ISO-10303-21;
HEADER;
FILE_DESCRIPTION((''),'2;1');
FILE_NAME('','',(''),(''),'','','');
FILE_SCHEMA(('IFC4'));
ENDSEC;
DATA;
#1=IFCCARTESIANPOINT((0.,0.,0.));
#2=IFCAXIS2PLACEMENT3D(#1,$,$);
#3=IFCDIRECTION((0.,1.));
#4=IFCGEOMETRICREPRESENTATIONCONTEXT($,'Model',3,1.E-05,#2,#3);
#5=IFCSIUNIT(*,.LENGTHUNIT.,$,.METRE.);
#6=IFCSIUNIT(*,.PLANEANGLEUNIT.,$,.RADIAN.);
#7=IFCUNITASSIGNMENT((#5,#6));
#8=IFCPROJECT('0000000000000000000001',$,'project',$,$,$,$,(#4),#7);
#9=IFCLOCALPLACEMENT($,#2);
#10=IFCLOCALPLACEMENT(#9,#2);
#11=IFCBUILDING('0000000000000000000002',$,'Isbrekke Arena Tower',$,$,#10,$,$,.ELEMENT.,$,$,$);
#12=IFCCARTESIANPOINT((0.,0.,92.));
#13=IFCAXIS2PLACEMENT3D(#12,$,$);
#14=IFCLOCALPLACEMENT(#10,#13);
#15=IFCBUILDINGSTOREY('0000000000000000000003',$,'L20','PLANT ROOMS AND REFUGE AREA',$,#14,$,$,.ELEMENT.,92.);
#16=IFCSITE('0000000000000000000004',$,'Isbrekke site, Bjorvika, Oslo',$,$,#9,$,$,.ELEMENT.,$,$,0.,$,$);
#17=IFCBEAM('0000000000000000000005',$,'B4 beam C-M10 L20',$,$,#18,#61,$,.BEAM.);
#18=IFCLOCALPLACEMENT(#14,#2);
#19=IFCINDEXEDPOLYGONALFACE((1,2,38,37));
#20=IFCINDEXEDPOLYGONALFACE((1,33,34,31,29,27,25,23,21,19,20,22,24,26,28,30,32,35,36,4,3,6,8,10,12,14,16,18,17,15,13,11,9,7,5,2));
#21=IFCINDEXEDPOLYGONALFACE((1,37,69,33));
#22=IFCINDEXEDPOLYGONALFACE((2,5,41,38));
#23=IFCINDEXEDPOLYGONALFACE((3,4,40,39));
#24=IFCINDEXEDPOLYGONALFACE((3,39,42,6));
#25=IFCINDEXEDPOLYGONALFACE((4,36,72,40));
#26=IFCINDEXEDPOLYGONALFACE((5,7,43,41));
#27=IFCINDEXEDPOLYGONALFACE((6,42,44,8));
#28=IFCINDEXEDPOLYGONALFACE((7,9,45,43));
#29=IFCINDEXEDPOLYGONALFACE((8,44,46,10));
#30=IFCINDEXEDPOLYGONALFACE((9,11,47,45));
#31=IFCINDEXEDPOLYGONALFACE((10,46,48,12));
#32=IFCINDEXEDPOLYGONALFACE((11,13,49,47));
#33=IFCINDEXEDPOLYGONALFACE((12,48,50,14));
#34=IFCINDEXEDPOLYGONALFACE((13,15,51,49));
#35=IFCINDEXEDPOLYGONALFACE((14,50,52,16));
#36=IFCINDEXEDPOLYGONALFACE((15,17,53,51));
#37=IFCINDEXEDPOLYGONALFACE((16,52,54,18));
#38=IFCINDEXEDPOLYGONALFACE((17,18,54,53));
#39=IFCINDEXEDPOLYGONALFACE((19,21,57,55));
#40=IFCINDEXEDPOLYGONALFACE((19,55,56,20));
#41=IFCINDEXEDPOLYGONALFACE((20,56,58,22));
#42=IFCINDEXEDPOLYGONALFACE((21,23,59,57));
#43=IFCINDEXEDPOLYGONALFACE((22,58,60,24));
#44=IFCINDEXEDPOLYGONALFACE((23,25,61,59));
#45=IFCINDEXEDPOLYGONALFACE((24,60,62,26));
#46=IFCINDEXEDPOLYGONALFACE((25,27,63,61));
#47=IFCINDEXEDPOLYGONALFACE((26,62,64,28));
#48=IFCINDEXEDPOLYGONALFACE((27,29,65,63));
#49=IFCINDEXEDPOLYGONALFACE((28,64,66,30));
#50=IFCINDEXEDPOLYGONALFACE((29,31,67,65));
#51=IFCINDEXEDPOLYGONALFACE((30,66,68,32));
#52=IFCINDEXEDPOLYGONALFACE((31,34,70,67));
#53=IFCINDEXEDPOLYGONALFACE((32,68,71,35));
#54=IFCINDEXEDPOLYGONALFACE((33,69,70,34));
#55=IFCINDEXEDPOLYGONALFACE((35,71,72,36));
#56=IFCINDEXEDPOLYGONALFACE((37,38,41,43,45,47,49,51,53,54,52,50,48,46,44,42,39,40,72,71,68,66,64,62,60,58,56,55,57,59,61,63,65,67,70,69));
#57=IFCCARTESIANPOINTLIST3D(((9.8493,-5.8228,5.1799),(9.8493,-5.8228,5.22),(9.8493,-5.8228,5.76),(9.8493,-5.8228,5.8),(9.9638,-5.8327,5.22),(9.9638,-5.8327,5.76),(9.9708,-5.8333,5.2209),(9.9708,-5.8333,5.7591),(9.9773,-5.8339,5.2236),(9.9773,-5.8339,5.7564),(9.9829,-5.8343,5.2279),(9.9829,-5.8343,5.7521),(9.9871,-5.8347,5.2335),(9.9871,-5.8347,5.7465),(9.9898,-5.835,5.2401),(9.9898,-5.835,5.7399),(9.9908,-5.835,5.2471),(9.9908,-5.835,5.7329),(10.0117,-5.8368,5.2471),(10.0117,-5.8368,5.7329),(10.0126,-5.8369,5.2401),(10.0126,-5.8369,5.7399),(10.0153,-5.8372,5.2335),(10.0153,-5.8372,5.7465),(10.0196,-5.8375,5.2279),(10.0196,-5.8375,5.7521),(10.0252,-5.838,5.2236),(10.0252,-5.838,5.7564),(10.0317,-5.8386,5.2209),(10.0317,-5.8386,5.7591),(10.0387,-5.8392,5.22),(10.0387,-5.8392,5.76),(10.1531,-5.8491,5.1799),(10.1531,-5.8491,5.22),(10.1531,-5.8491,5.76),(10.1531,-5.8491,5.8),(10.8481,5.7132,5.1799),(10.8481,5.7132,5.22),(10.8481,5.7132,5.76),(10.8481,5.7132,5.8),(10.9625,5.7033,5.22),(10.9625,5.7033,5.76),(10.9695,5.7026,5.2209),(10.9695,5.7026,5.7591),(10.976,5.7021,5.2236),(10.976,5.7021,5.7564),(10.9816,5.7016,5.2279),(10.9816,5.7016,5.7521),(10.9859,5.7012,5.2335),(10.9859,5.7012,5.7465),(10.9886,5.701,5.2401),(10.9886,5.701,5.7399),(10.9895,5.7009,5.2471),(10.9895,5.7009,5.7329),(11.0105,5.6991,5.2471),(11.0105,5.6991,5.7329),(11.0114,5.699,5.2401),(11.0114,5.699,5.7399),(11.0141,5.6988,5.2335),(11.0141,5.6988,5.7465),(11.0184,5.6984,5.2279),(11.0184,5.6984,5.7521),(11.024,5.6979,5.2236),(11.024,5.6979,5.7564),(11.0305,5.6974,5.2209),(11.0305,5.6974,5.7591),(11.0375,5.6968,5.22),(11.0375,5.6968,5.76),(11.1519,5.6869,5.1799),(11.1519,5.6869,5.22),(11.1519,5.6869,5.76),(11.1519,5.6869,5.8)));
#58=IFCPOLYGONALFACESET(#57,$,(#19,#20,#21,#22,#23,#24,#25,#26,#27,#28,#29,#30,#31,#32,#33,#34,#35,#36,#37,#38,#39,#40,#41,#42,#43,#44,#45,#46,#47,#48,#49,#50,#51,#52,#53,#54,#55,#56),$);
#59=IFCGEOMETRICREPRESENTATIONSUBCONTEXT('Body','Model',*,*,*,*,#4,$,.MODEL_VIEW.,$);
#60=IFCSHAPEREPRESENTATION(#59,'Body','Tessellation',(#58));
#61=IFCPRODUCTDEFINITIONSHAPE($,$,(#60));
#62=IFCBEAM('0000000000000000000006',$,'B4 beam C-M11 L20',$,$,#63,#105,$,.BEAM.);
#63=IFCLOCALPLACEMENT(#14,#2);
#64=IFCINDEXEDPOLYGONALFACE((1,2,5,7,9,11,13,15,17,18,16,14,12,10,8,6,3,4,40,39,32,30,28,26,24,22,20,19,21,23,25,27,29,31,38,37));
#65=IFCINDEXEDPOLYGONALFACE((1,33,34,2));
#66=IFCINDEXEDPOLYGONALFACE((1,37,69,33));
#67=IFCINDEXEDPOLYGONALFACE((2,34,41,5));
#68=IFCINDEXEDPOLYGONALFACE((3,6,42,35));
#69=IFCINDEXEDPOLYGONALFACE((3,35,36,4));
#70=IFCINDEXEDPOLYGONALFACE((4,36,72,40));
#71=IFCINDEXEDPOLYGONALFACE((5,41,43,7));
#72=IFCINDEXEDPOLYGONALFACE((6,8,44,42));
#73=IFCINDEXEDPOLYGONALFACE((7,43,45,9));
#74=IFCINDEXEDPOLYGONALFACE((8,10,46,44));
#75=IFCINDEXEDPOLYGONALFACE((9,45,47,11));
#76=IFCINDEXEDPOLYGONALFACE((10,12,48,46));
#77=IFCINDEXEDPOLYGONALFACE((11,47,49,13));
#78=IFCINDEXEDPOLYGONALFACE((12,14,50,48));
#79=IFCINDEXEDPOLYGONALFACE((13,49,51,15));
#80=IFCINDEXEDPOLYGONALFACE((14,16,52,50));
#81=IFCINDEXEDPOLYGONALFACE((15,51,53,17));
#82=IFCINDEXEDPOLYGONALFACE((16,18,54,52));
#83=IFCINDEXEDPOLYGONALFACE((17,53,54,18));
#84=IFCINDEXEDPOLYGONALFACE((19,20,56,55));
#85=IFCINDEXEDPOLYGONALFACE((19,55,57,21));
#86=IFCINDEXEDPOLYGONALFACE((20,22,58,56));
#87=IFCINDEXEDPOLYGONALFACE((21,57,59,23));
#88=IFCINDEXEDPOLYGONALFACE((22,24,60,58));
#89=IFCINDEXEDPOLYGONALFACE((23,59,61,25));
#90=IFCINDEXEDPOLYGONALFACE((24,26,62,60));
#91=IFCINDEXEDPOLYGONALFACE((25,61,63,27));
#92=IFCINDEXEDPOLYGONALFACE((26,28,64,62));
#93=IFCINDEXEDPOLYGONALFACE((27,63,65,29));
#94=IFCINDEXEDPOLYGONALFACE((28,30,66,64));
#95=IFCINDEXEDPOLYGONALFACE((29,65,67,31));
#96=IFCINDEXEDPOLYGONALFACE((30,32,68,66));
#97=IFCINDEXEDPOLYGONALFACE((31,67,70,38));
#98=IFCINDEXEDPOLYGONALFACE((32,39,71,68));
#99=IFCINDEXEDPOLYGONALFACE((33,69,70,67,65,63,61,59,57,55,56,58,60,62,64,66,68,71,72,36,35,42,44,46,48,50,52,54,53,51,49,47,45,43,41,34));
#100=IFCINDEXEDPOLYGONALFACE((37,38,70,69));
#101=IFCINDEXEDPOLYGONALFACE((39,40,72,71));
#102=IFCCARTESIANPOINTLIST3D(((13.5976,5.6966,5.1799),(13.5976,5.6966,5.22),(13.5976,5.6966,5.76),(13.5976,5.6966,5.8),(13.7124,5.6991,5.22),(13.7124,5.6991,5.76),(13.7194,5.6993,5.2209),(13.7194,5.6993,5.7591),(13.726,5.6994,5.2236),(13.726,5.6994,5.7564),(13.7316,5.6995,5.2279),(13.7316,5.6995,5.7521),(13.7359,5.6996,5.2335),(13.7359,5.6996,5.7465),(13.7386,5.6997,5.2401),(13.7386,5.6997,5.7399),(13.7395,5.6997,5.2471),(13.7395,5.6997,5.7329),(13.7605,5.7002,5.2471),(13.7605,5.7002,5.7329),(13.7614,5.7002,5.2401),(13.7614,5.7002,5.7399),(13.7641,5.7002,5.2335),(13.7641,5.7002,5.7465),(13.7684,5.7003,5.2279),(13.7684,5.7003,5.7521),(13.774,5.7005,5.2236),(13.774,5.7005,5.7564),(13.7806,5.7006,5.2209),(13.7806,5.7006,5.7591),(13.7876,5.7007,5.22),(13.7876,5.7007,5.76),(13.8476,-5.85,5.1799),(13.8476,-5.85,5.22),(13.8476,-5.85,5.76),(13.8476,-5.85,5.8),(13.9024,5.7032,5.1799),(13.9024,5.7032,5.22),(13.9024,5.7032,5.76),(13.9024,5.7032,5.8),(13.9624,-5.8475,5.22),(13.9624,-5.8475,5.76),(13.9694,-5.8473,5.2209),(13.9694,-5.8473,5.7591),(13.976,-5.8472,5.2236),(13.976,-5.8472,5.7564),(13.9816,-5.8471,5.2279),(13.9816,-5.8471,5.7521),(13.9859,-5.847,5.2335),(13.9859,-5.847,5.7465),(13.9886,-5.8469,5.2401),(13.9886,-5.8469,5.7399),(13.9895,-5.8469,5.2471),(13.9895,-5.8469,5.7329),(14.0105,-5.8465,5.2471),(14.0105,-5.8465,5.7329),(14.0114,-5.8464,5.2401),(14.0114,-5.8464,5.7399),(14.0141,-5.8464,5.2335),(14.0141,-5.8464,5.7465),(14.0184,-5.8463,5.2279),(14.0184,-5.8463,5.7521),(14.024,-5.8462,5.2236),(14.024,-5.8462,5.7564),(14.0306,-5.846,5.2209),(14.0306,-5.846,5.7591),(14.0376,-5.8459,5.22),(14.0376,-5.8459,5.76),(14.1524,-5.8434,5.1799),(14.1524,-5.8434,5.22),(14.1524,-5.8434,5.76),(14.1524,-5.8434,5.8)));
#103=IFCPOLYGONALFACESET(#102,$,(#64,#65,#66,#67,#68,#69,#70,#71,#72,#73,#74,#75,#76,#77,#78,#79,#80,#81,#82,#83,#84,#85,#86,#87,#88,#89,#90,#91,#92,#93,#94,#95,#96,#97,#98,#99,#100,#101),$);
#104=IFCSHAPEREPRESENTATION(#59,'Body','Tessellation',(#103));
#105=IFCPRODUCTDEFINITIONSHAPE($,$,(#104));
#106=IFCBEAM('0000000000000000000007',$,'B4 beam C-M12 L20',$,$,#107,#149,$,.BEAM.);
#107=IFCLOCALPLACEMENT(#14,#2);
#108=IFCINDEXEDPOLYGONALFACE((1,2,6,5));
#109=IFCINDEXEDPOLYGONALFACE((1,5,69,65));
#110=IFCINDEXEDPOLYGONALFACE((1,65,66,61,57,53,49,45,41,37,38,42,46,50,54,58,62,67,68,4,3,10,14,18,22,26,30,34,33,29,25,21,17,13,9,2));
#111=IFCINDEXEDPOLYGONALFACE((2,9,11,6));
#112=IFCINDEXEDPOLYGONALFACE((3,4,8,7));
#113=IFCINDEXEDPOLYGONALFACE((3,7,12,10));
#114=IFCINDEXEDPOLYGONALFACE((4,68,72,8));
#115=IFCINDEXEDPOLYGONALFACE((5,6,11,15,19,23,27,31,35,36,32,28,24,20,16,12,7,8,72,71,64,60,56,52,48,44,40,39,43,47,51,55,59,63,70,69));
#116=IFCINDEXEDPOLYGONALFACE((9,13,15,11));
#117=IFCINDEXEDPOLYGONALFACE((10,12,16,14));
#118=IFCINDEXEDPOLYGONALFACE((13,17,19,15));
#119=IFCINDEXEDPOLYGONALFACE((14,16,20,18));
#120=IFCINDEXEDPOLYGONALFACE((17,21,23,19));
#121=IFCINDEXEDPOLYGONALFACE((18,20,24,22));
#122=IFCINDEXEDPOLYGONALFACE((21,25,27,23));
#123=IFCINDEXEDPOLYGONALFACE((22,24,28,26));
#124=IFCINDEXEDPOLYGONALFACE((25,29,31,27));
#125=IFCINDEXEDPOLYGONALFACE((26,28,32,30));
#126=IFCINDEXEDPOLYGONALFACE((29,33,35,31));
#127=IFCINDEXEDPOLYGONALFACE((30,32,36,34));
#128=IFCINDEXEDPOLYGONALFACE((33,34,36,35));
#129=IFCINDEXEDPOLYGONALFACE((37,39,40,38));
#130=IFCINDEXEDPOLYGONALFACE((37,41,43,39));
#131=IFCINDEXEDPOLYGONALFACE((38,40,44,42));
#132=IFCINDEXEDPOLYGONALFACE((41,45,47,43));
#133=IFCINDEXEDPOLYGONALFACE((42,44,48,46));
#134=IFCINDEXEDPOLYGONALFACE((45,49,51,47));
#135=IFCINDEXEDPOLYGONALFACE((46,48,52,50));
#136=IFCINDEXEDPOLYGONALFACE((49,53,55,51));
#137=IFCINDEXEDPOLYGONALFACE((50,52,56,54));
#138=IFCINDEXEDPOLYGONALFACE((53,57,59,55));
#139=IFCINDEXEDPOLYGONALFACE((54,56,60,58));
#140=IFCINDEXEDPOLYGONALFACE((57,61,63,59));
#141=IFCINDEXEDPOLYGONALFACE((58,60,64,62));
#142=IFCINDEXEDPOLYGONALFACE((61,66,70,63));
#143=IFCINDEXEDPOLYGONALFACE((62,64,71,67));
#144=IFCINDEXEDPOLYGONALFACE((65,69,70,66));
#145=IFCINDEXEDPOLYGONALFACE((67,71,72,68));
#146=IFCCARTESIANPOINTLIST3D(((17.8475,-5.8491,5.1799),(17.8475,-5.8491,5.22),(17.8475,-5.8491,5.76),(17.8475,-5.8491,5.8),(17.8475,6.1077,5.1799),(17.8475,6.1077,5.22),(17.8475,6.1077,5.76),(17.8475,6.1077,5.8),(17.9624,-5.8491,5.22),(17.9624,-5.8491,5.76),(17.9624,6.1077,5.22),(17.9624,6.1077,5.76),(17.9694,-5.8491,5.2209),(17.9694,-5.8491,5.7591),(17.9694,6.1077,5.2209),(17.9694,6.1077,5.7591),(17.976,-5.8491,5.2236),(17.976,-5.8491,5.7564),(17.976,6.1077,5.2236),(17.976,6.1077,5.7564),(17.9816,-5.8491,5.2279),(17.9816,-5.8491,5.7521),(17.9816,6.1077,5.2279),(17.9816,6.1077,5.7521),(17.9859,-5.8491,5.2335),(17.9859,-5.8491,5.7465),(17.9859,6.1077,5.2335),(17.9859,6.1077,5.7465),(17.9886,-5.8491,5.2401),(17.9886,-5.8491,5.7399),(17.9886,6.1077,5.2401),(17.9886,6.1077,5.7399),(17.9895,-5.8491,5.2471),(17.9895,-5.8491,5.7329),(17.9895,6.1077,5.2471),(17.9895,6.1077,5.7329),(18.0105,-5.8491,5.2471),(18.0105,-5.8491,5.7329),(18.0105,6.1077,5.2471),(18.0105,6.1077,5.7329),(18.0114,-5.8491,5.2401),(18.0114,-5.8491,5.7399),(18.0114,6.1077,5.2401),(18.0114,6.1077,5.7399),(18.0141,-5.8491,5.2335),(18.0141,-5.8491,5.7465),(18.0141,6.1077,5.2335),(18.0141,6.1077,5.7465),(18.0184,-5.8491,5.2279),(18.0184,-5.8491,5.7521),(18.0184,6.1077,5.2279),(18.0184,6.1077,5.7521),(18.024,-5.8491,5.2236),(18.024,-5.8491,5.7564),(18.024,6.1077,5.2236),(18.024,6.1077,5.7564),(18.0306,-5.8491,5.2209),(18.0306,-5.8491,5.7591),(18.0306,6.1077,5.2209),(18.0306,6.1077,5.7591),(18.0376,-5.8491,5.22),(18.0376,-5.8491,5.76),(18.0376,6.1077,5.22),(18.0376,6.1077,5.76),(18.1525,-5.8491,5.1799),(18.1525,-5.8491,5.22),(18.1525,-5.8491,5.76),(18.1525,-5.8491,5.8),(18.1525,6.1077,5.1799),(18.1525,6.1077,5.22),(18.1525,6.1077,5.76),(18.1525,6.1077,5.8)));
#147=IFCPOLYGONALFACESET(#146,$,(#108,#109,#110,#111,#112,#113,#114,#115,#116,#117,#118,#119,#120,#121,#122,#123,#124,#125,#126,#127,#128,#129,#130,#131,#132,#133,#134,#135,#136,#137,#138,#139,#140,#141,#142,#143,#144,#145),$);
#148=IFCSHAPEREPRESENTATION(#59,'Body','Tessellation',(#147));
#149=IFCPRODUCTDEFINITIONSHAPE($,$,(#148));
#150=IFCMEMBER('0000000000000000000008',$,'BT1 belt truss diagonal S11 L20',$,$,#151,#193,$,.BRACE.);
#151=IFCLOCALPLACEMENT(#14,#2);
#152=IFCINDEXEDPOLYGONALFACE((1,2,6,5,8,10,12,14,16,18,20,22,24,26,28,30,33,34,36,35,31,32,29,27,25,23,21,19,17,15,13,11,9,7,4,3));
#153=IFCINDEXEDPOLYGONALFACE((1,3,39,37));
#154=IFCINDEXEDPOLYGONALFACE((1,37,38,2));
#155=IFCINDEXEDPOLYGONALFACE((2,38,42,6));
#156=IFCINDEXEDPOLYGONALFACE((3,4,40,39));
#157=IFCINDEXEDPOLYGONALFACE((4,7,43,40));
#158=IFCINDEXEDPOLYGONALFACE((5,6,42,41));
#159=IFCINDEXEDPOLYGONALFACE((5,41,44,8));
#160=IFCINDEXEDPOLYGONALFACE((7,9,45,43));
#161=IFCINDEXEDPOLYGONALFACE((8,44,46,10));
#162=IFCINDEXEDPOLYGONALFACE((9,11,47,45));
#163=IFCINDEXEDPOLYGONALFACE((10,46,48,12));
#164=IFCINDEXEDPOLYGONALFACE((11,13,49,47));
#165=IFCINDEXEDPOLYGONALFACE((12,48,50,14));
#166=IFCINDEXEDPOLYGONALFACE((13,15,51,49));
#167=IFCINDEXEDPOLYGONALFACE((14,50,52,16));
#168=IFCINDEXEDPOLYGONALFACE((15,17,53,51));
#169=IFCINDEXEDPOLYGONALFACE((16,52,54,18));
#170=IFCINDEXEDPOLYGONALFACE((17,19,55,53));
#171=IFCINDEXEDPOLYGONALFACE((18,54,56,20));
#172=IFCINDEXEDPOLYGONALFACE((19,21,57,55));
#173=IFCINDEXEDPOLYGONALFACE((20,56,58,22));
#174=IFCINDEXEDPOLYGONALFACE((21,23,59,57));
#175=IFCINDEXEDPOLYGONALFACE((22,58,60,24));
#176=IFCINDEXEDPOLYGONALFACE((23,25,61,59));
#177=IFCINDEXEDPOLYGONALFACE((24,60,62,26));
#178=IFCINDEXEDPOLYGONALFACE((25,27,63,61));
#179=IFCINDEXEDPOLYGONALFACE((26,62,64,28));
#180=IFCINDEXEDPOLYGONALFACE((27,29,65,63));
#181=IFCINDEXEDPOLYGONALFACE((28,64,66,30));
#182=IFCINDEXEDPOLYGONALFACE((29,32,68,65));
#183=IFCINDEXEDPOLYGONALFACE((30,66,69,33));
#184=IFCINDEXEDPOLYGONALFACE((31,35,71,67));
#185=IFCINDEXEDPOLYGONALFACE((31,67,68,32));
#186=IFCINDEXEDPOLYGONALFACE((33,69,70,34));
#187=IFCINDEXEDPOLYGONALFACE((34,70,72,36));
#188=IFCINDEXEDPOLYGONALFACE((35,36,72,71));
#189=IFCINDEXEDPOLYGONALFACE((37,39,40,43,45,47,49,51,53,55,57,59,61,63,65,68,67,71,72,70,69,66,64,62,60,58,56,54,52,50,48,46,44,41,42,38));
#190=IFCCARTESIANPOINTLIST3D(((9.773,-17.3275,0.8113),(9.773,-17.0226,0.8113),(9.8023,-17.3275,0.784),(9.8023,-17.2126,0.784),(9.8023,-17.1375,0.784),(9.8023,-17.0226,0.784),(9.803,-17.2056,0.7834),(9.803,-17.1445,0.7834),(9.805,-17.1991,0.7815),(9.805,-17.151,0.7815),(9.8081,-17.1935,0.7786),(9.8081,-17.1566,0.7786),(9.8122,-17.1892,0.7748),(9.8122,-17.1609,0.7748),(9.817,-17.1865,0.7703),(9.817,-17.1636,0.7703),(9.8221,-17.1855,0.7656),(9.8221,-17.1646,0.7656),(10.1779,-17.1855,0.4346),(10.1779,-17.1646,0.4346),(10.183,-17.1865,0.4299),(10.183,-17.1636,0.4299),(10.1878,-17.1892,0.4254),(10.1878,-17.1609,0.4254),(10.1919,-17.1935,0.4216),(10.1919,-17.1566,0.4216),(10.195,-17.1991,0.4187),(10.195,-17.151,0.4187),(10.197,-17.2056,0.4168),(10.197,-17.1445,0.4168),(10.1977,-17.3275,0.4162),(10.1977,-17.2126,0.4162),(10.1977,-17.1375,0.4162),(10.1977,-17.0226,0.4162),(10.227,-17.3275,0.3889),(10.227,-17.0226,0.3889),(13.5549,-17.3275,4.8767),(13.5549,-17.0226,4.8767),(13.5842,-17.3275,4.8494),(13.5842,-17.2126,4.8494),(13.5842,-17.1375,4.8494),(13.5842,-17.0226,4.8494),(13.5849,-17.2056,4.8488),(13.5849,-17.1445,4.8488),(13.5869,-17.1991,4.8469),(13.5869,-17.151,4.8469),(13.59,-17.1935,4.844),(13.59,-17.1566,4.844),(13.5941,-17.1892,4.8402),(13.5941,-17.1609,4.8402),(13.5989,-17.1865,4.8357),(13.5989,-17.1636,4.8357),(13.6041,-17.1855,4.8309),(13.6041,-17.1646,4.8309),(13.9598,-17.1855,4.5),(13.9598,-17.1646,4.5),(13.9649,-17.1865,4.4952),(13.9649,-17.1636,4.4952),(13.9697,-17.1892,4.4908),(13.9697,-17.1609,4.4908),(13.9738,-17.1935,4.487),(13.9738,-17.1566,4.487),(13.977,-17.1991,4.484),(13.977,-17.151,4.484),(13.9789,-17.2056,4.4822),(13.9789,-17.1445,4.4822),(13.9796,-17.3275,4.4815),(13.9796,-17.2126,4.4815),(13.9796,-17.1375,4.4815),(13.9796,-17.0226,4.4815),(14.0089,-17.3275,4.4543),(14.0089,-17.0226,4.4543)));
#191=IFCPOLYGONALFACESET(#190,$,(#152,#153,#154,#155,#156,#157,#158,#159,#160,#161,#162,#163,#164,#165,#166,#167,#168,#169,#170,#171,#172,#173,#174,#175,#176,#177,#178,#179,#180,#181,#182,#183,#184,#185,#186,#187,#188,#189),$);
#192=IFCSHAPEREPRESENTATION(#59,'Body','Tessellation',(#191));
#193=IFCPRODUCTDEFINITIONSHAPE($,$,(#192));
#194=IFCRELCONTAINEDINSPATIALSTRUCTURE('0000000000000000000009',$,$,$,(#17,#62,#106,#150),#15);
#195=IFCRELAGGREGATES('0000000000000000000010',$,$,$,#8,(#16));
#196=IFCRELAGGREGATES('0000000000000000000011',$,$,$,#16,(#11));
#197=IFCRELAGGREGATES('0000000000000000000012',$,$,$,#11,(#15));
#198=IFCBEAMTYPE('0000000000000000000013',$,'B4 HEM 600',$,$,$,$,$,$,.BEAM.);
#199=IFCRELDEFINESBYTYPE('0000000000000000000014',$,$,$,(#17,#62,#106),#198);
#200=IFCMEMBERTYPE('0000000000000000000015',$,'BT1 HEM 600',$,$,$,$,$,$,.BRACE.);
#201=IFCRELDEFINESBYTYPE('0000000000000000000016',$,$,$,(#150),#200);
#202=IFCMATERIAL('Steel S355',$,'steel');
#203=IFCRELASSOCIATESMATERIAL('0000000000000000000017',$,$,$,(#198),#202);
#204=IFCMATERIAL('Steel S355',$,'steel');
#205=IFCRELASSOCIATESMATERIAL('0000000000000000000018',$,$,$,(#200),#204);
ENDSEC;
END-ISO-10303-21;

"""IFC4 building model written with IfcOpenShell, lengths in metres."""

from ifc_helpers import new_model, si_unit, direction, frame, origin, origin_2d, place, context, subcontext, project, spatial, i_section, extrude, material, material_profile, profile_set, type_object, element, save


model = new_model("IFC4")

# Units and contexts
model_context = context("Model", 3, precision=1e-05, world=origin(), true_north=direction((0.0, 1.0)))
body_context = subcontext(model_context, "Body", "Model", "MODEL_VIEW")
ifc_project = project(units=[si_unit("LENGTHUNIT", "METRE"), si_unit("PLANEANGLEUNIT", "RADIAN")], contexts=[model_context])

# Site, building, storey
site_placement = place(None, origin())
site = spatial("IfcSite", under=ifc_project, at=site_placement, Name="Isbrekke site, Bjorvika, Oslo", CompositionType="ELEMENT", RefElevation=0.0)
building_placement = place(site_placement, origin())
building = spatial("IfcBuilding", under=site, at=building_placement, Name="Isbrekke Arena Tower", CompositionType="ELEMENT")
storey_placement = place(building_placement, frame((0.0, 0.0, 92.0)))
storey = spatial("IfcBuildingStorey", under=building, at=storey_placement, Name="L20", Description="PLANT ROOMS AND REFUGE AREA", CompositionType="ELEMENT", Elevation=92.0)

# Beams
ifc_material_1 = material(Name="Steel S355", Category="steel")
ifc_material_profile_1 = material_profile(ifc_material_1, i_section(OverallWidth=0.3049, OverallDepth=0.6201, WebThickness=0.021, FlangeThickness=0.04, FilletRadius=0.0271, at=origin_2d()), Name="HEM 600")
ifc_profile_set_1 = profile_set([ifc_material_profile_1], Name="Steel S355")
beam_type_1 = type_object("IfcBeamType", Name="B4 HEM 600", PredefinedType="BEAM", material=ifc_profile_set_1)
beam_1_placement = place(storey_placement, frame((10.0012, -5.8359, 5.49), z_axis=(0.086257, 0.996273, 0.0), x_axis=(-0.996273, 0.086257, 0.0)))
element("IfcBeam", 1, at=beam_1_placement, inside=storey, type_object=beam_type_1, Name="B4 beam C-M10 L20", PredefinedType="BEAM", context=body_context, shape_type="SweptSolid", body=[
    extrude(i_section(OverallWidth=0.3049, OverallDepth=0.6201, WebThickness=0.021, FlangeThickness=0.04, FilletRadius=0.0271, at=origin_2d()), origin(), (0.0, 0.0, 1.0), 11.5791),
])
beam_2_placement = place(storey_placement, frame((14.0, -5.8467, 5.49), z_axis=(-0.021646, 0.999766, 0.0), x_axis=(-0.999766, -0.021646, 0.0)))
element("IfcBeam", 2, at=beam_2_placement, inside=storey, type_object=beam_type_1, Name="B4 beam C-M11 L20", PredefinedType="BEAM", context=body_context, shape_type="SweptSolid", body=[
    extrude(i_section(OverallWidth=0.3049, OverallDepth=0.6201, WebThickness=0.021, FlangeThickness=0.04, FilletRadius=0.0271, at=origin_2d()), origin(), (0.0, 0.0, 1.0), 11.5493),
])
beam_3_placement = place(storey_placement, frame((18.0, -5.8491, 5.49), z_axis=(0.0, 1.0, 0.0), x_axis=(-1.0, 0.0, 0.0)))
element("IfcBeam", 3, at=beam_3_placement, inside=storey, type_object=beam_type_1, Name="B4 beam C-M12 L20", PredefinedType="BEAM", context=body_context, shape_type="SweptSolid", body=[
    extrude(i_section(OverallWidth=0.3049, OverallDepth=0.6201, WebThickness=0.021, FlangeThickness=0.04, FilletRadius=0.0271, at=origin_2d()), origin(), (0.0, 0.0, 1.0), 11.9568),
])

# Member
ifc_material_2 = material(Name="Steel S355", Category="steel")
ifc_material_profile_2 = material_profile(ifc_material_2, i_section(OverallWidth=0.3049, OverallDepth=0.6201, WebThickness=0.021, FlangeThickness=0.04, FilletRadius=0.0271, at=origin_2d()), Name="HEM 600")
ifc_profile_set_2 = profile_set([ifc_material_profile_2], Name="Steel S355")
member_type_1 = type_object("IfcMemberType", Name="BT1 HEM 600", PredefinedType="BRACE", material=ifc_profile_set_2)
for number, where, z_axis, x_axis, name in (
    (4, (10.0, -17.175, 0.6001), (0.681122, 0.0, 0.73217), (0.0, 1.0, 0.0), "BT1 belt truss diagonal S11 L20"),
):
    element("IfcMember", number, at=place(storey_placement, frame(where, z_axis=z_axis, x_axis=x_axis)), inside=storey, type_object=member_type_1, Name=name, PredefinedType="BRACE", context=body_context, shape_type="SweptSolid", body=[
        extrude(i_section(OverallWidth=0.3049, OverallDepth=0.6201, WebThickness=0.021, FlangeThickness=0.04, FilletRadius=0.0271, at=origin_2d()), origin(), (0.0, 0.0, 1.0), 5.5525),
    ])

save(model, "model.ifc")
